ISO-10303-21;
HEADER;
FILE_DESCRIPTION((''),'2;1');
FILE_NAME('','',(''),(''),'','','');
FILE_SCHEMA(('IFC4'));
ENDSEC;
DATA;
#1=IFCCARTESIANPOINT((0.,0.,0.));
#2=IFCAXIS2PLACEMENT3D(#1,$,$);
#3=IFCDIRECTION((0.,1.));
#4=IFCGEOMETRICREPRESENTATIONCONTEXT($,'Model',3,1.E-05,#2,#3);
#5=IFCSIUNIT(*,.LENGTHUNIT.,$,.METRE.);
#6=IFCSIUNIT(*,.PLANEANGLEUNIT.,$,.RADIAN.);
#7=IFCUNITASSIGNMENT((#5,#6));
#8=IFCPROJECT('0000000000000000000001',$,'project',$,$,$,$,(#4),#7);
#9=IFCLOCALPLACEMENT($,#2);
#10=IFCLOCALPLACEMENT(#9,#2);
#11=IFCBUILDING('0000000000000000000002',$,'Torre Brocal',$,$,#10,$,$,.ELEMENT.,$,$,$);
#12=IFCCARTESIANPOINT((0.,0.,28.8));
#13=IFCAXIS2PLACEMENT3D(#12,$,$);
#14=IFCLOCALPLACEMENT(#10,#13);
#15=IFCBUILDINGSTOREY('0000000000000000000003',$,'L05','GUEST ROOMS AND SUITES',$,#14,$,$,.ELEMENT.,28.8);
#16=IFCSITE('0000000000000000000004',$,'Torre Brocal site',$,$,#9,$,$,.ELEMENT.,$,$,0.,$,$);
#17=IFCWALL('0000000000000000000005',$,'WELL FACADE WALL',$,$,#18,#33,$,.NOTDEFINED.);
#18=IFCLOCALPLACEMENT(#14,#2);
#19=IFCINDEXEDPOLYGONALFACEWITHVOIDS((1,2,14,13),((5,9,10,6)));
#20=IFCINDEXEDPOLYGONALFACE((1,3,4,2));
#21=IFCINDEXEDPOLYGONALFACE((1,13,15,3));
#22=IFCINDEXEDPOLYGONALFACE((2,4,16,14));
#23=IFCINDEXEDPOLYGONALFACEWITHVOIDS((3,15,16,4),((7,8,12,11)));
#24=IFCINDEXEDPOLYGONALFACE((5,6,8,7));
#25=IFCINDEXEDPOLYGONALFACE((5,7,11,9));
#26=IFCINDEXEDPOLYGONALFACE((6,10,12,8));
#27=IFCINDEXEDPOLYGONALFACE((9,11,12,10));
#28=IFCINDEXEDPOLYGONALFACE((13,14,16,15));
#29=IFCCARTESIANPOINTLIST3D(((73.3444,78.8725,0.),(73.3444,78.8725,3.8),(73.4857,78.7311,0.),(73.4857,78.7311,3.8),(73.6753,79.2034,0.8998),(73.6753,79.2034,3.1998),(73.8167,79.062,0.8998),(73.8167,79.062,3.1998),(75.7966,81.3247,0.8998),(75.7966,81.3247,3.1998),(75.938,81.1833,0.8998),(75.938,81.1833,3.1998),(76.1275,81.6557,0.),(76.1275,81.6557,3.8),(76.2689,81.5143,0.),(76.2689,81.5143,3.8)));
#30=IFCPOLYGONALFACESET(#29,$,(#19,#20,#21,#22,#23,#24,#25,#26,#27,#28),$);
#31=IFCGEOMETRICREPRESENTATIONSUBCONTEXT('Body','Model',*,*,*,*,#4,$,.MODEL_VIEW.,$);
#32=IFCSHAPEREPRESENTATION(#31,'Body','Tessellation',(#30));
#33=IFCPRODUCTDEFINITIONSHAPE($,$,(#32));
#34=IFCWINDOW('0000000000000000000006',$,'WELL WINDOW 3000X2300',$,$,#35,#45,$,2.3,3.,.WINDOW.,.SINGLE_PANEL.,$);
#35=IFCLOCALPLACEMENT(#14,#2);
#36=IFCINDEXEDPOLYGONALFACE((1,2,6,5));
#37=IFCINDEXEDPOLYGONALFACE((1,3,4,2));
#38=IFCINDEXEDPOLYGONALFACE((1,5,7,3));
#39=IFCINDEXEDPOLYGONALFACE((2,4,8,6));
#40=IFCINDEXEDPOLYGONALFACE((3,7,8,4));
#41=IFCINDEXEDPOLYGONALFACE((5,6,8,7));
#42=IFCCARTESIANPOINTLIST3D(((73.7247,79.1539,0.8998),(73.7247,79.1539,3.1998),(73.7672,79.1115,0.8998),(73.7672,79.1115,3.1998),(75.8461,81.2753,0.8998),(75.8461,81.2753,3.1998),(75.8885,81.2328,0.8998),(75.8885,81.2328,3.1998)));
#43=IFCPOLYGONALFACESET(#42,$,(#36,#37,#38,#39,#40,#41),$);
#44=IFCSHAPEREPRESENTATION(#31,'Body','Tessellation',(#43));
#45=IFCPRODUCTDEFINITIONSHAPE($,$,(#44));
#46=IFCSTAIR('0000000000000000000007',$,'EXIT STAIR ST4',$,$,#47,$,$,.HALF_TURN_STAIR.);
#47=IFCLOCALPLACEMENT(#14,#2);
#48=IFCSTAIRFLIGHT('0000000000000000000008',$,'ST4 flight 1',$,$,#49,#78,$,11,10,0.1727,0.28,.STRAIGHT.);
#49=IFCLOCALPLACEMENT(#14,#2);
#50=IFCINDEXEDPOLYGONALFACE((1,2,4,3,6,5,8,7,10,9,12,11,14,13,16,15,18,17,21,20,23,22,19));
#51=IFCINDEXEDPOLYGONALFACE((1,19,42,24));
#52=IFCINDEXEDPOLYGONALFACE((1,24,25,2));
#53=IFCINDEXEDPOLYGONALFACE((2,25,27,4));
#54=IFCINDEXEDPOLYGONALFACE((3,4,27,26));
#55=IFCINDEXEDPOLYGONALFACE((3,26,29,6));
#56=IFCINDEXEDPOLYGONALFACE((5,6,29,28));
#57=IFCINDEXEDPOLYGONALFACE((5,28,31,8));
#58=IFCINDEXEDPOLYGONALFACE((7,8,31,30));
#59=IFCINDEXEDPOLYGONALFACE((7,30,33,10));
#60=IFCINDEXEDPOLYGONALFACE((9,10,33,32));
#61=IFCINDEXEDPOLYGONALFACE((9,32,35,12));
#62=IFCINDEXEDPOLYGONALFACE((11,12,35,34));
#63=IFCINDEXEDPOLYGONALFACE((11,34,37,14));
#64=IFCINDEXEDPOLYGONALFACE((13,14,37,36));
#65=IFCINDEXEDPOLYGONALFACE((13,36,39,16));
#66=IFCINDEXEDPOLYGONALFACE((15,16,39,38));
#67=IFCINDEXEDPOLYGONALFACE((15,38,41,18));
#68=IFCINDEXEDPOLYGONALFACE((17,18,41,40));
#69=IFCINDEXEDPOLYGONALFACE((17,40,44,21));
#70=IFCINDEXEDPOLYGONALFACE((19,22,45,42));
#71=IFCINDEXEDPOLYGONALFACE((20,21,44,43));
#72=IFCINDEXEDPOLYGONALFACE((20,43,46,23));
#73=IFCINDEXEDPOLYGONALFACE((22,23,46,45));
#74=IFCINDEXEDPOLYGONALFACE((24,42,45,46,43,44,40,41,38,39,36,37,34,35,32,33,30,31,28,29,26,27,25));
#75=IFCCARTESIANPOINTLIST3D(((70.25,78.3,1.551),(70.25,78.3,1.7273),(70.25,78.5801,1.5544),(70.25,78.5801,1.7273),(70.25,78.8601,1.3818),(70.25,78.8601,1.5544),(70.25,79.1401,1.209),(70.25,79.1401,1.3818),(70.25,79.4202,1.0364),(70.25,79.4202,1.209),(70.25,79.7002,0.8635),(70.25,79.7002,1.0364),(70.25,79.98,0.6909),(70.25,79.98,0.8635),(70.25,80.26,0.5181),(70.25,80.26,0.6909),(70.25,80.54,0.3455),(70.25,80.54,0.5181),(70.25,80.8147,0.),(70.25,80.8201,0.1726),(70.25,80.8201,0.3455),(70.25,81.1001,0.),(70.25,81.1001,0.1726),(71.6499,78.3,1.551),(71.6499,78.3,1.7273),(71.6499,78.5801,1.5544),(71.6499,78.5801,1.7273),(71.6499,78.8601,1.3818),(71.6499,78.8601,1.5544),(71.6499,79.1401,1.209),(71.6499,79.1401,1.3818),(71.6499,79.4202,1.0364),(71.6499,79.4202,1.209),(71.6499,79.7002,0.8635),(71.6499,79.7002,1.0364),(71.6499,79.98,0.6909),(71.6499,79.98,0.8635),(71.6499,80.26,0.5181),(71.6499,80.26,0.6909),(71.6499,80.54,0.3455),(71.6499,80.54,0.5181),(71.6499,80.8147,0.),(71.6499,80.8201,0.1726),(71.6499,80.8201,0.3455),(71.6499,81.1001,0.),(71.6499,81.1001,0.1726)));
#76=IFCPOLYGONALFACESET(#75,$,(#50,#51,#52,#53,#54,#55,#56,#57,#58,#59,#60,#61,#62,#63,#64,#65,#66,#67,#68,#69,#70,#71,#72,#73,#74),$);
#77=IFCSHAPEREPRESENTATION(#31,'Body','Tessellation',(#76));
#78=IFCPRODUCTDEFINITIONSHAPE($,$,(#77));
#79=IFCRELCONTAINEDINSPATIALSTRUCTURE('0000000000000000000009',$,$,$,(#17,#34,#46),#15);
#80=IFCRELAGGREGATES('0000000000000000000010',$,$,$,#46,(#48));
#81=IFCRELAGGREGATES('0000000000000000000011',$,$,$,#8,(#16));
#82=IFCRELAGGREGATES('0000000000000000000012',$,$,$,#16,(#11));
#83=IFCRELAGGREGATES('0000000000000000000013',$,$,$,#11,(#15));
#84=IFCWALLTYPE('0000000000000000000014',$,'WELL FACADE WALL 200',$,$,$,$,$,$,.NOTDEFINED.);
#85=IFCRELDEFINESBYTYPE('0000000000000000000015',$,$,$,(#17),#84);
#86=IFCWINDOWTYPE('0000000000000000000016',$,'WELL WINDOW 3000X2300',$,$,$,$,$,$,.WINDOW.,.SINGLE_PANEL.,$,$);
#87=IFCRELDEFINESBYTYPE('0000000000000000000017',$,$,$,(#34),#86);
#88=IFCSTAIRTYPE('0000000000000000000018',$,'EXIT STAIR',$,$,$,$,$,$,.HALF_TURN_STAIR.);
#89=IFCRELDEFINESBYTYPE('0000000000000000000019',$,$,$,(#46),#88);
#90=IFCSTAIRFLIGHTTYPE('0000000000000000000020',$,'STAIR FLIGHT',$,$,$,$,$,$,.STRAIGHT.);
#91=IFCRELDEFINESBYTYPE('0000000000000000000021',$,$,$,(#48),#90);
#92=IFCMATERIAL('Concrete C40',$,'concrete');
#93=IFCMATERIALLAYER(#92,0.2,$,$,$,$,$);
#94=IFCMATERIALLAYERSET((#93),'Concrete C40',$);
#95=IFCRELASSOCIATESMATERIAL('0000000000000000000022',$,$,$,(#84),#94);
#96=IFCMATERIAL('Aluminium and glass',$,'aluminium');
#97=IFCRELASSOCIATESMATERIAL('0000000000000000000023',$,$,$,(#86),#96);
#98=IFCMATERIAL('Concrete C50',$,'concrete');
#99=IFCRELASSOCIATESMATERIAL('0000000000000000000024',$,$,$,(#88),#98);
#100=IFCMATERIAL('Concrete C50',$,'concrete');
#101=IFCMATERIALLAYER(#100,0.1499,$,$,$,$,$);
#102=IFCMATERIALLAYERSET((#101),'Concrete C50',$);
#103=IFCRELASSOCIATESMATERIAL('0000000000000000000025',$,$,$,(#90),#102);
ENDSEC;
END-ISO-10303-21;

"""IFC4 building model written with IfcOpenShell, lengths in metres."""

from ifc_helpers import new_model, si_unit, direction, frame, frame_2d, origin, place, context, subcontext, project, spatial, polyline, rectangle, outline, extrude, material, layer, layer_set, type_object, element, fill, aggregate, save


model = new_model("IFC4")

# Units and contexts
model_context = context("Model", 3, precision=1e-05, world=origin(), true_north=direction((0.0, 1.0)))
body_context = subcontext(model_context, "Body", "Model", "MODEL_VIEW")
ifc_project = project(units=[si_unit("LENGTHUNIT", "METRE"), si_unit("PLANEANGLEUNIT", "RADIAN")], contexts=[model_context])

# Site, building, storey
site_placement = place(None, origin())
site = spatial("IfcSite", under=ifc_project, at=site_placement, Name="Torre Brocal site", CompositionType="ELEMENT", RefElevation=0.0)
building_placement = place(site_placement, origin())
building = spatial("IfcBuilding", under=site, at=building_placement, Name="Torre Brocal", CompositionType="ELEMENT")
storey_placement = place(building_placement, frame((0.0, 0.0, 28.8)))
storey = spatial("IfcBuildingStorey", under=building, at=storey_placement, Name="L05", Description="GUEST ROOMS AND SUITES", CompositionType="ELEMENT", Elevation=28.8)

# Wall, opening, window
ifc_material_1 = material(Name="Concrete C40", Category="concrete")
ifc_layer_1 = layer(ifc_material_1, 0.2)
ifc_layer_set_1 = layer_set([ifc_layer_1], Name="Concrete C40")
wall_type_1 = type_object("IfcWallType", Name="WELL FACADE WALL 200", PredefinedType="NOTDEFINED", material=ifc_layer_set_1)
wall_1_placement = place(storey_placement, frame((76.1982, 81.585, 0.0), z_axis=(0.0, 0.0, 1.0), x_axis=(-0.707107, -0.707107, 0.0)))
wall_1 = element("IfcWall", 1, at=wall_1_placement, inside=storey, type_object=wall_type_1, Name="WELL FACADE WALL", PredefinedType="NOTDEFINED", context=body_context, shape_type="SweptSolid", body=[
    extrude(rectangle(XDim=3.936, YDim=0.2, at=frame_2d((1.968, 0.0))), origin(), (0.0, 0.0, 1.0), 3.8),
])
opening_1_placement = place(wall_1_placement, frame((0.468, 0.0, 0.8999)))
opening_1 = element("IfcOpeningElement", 2, at=opening_1_placement, cuts=wall_1, PredefinedType="OPENING", context=body_context, shape_type="SweptSolid", body=[
    extrude(rectangle(XDim=3.0, YDim=2.3, at=frame_2d((1.5, 1.1499))), frame((0.0, 0.1099, 0.0), z_axis=(0.0, -1.0, 0.0), x_axis=(1.0, 0.0, 0.0)), (0.0, 0.0, 1.0), 0.22),
])
ifc_material_2 = material(Name="Aluminium and glass", Category="aluminium")
window_type = type_object("IfcWindowType", Name="WELL WINDOW 3000X2300", PartitioningType="SINGLE_PANEL", PredefinedType="WINDOW", material=ifc_material_2)
window_placement = place(opening_1_placement, origin())
window = element("IfcWindow", 3, at=window_placement, inside=storey, type_object=window_type, Name="WELL WINDOW 3000X2300", OverallHeight=2.3, OverallWidth=3.0, PartitioningType="SINGLE_PANEL", PredefinedType="WINDOW", context=body_context, shape_type="SweptSolid", body=[
    extrude(rectangle(XDim=3.0, YDim=2.3, at=frame_2d((1.5, 1.1499))), frame((0.0, 0.03, 0.0), z_axis=(0.0, -1.0, 0.0), x_axis=(1.0, 0.0, 0.0)), (0.0, 0.0, 1.0), 0.0601),
])
fill(opening_1, window)

# Stair, stair flight
ifc_material_3 = material(Name="Concrete C50", Category="concrete")
stair_type = type_object("IfcStairType", Name="EXIT STAIR", PredefinedType="HALF_TURN_STAIR", material=ifc_material_3)
stair_placement = place(storey_placement, origin())
stair = element("IfcStair", 4, at=stair_placement, inside=storey, type_object=stair_type, Name="EXIT STAIR ST4", PredefinedType="HALF_TURN_STAIR")
ifc_material_4 = material(Name="Concrete C50", Category="concrete")
ifc_layer_2 = layer(ifc_material_4, 0.1499)
ifc_layer_set_2 = layer_set([ifc_layer_2], Name="Concrete C50")
stair_flight_type = type_object("IfcStairFlightType", Name="STAIR FLIGHT", PredefinedType="STRAIGHT", material=ifc_layer_set_2)
stair_flight_placement = place(storey_placement, frame((70.95, 81.1001, 0.0), z_axis=(0.0, 0.0, 1.0), x_axis=(0.0, -1.0, 0.0)))
stair_flight = element("IfcStairFlight", 5, at=stair_flight_placement, type_object=stair_flight_type, Name="ST4 flight 1", NumberOfRisers=11, NumberOfTreads=10, PredefinedType="STRAIGHT", RiserHeight=0.1727, TreadLength=0.28, context=body_context, shape_type="SweptSolid", body=[
    extrude(outline(polyline([(0.0, 0.0), (0.0, 0.1726), (0.28, 0.1726), (0.28, 0.3455), (0.5601, 0.3455), (0.5601, 0.5181), (0.8401, 0.5181), (0.8401, 0.6909), (1.1201, 0.6909), (1.1201, 0.8635), (1.3999, 0.8635), (1.3999, 1.0364), (1.6799, 1.0364), (1.6799, 1.209), (1.96, 1.209), (1.96, 1.3818), (2.24, 1.3818), (2.24, 1.5544), (2.52, 1.5544), (2.52, 1.7273), (2.8, 1.7273), (2.8, 1.8999), (2.8, 1.551), (0.2854, 0.0), (0.0, 0.0)])), frame((0.0, 0.7, 0.0), z_axis=(0.0, -1.0, 0.0), x_axis=(1.0, 0.0, 0.0)), (0.0, 0.0, 1.0), 1.3999),
])
aggregate(stair, [stair_flight])

save(model, "model.ifc")
